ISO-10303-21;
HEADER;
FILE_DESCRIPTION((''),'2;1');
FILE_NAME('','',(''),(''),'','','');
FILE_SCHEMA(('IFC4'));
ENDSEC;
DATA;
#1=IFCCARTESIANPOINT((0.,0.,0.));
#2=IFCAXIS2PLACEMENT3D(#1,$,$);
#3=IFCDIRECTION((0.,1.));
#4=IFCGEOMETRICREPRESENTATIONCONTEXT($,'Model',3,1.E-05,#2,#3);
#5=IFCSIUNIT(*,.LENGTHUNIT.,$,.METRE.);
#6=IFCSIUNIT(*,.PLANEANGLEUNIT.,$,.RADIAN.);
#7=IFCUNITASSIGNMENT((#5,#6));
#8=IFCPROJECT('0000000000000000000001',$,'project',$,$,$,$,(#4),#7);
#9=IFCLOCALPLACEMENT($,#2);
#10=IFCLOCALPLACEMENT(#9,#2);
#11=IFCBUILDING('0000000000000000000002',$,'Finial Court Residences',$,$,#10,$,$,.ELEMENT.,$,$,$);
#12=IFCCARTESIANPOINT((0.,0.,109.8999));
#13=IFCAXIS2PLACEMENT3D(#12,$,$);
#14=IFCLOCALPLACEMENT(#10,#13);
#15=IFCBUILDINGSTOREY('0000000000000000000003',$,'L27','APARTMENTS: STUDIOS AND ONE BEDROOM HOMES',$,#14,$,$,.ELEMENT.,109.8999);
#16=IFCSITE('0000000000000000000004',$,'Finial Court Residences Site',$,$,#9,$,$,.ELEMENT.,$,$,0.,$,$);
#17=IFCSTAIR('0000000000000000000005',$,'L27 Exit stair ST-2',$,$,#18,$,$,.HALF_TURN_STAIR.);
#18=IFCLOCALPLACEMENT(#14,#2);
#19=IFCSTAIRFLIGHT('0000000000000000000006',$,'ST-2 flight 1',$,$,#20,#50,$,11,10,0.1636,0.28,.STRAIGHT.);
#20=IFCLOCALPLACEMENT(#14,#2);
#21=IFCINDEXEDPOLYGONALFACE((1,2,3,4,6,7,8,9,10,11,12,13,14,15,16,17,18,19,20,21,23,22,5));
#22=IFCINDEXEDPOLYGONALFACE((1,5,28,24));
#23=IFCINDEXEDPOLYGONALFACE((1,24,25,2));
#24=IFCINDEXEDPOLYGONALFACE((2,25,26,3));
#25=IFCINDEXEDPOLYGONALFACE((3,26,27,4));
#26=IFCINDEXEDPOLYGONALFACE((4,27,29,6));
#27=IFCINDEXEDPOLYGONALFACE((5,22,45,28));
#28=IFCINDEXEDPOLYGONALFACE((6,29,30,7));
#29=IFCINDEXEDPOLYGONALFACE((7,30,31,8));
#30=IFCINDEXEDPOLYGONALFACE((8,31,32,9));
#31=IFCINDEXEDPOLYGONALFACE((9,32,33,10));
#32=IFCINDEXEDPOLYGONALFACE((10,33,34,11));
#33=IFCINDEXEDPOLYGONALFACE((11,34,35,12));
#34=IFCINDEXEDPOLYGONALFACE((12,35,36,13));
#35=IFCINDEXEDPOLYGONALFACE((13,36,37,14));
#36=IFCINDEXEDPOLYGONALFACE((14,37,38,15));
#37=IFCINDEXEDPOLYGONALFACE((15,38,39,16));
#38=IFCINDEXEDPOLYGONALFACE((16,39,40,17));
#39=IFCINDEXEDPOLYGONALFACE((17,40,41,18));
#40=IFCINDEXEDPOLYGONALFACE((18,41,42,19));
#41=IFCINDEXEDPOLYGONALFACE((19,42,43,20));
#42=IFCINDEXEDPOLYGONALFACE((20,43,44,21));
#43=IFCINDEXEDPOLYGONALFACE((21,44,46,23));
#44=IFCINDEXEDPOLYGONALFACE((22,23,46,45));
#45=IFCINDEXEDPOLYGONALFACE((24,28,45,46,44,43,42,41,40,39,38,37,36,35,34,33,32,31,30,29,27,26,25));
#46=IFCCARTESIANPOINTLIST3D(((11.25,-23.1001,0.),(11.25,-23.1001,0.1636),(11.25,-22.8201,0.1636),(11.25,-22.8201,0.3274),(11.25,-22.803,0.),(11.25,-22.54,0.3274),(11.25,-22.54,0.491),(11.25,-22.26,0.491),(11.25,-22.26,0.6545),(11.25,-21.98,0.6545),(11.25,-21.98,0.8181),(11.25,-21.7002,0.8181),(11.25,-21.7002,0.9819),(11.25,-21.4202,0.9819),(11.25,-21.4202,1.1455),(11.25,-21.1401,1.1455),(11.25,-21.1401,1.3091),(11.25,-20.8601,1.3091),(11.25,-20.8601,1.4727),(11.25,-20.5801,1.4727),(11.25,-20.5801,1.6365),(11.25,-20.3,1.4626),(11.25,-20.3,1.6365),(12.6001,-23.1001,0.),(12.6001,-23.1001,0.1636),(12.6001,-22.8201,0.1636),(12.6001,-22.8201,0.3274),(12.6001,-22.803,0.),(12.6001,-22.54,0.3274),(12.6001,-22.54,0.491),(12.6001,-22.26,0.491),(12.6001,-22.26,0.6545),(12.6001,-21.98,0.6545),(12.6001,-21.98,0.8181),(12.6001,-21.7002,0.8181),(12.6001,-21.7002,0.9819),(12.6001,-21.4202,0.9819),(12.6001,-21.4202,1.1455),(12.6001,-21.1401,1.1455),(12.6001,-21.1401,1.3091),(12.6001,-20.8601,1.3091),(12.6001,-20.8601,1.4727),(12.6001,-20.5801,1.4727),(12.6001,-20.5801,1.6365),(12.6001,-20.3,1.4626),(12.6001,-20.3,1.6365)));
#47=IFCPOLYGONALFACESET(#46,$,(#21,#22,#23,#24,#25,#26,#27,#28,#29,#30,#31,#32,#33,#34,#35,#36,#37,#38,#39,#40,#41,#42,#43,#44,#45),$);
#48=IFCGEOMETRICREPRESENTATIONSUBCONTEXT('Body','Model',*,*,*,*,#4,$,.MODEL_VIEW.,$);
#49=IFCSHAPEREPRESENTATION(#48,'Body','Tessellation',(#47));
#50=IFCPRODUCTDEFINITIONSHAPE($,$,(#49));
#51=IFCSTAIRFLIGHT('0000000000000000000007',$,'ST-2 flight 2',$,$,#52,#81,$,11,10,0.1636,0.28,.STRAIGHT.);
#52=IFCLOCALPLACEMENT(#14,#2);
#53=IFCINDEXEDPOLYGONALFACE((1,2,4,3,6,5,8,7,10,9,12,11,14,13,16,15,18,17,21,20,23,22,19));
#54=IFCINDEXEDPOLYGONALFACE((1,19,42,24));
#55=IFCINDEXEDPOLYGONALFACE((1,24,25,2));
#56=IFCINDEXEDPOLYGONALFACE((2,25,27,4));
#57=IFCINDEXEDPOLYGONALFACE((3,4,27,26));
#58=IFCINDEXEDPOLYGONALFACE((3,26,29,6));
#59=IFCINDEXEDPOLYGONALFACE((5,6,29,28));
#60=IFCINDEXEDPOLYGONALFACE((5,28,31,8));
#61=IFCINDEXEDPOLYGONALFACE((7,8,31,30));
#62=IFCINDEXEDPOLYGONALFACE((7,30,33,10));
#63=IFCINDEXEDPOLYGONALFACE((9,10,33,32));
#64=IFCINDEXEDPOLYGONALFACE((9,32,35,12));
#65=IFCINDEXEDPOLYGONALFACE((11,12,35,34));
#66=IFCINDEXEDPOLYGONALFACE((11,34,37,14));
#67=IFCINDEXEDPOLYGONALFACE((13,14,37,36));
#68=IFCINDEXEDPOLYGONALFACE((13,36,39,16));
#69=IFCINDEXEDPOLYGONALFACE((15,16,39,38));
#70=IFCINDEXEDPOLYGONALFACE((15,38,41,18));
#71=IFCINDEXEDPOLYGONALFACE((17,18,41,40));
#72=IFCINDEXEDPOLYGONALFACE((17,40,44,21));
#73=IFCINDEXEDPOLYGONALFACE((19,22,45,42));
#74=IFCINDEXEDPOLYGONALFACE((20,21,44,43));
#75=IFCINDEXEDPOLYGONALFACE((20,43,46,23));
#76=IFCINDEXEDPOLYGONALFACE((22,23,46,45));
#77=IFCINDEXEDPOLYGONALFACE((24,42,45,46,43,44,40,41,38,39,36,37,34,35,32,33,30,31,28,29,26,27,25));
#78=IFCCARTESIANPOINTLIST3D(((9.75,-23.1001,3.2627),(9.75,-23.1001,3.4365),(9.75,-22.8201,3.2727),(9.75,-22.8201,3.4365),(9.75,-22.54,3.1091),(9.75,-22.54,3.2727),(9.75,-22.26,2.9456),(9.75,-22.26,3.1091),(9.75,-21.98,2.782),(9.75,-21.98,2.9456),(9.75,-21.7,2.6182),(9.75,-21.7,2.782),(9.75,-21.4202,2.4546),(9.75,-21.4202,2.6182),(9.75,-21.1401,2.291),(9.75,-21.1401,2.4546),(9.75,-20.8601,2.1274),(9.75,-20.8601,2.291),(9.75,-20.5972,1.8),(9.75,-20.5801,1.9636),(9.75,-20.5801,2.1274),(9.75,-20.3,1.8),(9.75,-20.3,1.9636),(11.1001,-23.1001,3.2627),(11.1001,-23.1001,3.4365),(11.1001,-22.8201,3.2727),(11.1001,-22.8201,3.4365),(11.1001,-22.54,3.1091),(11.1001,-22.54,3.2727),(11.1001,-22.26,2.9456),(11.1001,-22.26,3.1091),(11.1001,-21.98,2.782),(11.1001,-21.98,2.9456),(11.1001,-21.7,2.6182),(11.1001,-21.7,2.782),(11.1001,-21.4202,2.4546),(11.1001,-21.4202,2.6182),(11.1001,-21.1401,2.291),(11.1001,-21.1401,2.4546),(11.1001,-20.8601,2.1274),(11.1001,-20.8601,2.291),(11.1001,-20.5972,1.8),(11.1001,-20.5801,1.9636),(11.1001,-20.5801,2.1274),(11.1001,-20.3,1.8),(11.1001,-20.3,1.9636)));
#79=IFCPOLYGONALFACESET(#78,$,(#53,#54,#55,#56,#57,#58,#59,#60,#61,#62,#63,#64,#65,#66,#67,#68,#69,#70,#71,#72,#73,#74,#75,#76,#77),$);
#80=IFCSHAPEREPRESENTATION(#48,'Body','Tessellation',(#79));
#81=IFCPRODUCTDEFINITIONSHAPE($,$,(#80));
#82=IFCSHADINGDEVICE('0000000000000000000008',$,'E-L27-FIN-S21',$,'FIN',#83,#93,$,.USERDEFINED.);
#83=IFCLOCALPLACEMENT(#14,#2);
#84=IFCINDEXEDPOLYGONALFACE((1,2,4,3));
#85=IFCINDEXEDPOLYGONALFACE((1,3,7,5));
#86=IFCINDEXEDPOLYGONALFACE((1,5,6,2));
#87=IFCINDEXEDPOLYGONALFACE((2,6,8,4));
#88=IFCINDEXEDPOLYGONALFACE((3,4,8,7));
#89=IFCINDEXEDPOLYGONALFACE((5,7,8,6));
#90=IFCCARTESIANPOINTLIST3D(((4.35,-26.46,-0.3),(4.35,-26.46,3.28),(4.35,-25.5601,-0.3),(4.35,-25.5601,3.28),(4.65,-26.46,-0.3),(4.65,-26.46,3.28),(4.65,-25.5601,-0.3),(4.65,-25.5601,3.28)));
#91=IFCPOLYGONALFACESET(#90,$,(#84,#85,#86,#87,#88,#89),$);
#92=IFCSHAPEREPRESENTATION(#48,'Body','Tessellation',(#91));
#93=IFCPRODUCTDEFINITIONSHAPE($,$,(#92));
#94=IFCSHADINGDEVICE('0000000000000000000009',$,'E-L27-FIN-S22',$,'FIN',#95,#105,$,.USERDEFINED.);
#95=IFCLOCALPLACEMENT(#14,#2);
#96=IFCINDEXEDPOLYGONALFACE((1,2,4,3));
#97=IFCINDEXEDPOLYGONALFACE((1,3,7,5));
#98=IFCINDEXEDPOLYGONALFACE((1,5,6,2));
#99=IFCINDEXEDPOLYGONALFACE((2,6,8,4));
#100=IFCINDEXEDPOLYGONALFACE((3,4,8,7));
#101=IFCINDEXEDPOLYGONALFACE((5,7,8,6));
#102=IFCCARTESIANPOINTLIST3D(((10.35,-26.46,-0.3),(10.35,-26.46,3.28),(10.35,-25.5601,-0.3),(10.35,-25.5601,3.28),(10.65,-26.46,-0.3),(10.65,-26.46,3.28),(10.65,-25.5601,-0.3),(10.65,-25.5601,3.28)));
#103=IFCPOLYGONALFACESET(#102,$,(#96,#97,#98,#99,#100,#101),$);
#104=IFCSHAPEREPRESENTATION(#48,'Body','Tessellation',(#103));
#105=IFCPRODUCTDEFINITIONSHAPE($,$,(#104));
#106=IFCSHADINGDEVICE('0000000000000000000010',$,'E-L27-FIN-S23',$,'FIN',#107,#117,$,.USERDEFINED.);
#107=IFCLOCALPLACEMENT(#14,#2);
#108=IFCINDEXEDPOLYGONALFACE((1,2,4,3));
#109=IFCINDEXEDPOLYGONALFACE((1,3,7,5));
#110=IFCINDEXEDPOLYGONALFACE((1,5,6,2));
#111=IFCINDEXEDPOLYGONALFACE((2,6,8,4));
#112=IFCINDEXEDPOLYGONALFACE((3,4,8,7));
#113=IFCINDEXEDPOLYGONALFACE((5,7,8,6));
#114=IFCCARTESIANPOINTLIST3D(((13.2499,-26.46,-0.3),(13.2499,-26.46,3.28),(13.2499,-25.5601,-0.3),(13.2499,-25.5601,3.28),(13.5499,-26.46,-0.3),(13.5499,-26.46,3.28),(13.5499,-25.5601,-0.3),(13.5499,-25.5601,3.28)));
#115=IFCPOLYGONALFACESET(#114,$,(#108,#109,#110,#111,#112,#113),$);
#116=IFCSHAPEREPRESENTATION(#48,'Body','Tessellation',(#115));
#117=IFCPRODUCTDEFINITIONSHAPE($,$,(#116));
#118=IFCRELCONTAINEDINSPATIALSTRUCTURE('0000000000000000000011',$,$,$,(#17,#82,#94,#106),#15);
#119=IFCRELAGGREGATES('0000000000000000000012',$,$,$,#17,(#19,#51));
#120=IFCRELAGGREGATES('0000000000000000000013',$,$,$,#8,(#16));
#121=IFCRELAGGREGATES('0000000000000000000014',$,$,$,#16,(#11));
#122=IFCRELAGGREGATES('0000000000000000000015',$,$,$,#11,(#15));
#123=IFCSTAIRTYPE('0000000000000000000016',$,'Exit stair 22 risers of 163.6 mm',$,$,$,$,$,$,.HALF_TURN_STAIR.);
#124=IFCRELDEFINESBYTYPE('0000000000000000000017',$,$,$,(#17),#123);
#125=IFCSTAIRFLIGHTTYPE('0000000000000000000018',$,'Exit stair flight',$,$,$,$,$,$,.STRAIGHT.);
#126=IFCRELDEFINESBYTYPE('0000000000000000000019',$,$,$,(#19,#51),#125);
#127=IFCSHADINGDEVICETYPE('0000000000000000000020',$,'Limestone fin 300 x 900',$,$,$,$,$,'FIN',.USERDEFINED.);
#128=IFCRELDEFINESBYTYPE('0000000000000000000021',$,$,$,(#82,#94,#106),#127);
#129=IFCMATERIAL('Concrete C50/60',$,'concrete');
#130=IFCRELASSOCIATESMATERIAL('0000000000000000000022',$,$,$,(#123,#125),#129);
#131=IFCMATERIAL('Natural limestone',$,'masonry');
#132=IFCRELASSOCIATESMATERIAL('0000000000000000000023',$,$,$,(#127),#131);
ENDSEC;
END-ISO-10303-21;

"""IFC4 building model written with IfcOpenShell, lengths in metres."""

from ifc_helpers import new_model, si_unit, direction, frame, origin, origin_2d, place, context, subcontext, project, spatial, polyline, rectangle, outline, extrude, material, type_object, element, aggregate, save


model = new_model("IFC4")

# Units and contexts
model_context = context("Model", 3, precision=1e-05, world=origin(), true_north=direction((0.0, 1.0)))
body_context = subcontext(model_context, "Body", "Model", "MODEL_VIEW")
ifc_project = project(units=[si_unit("LENGTHUNIT", "METRE"), si_unit("PLANEANGLEUNIT", "RADIAN")], contexts=[model_context])

# Site, building, storey
site_placement = place(None, origin())
site = spatial("IfcSite", under=ifc_project, at=site_placement, Name="Finial Court Residences Site", CompositionType="ELEMENT", RefElevation=0.0)
building_placement = place(site_placement, origin())
building = spatial("IfcBuilding", under=site, at=building_placement, Name="Finial Court Residences", CompositionType="ELEMENT")
storey_placement = place(building_placement, frame((0.0, 0.0, 109.8999)))
storey = spatial("IfcBuildingStorey", under=building, at=storey_placement, Name="L27", Description="APARTMENTS: STUDIOS AND ONE BEDROOM HOMES", CompositionType="ELEMENT", Elevation=109.8999)

# Stair, stair flights
ifc_material_1 = material(Name="Concrete C50/60", Category="concrete")
stair_type = type_object("IfcStairType", Name="Exit stair 22 risers of 163.6 mm", PredefinedType="HALF_TURN_STAIR", material=ifc_material_1)
stair_placement = place(storey_placement, origin())
stair = element("IfcStair", 1, at=stair_placement, inside=storey, type_object=stair_type, Name="L27 Exit stair ST-2", PredefinedType="HALF_TURN_STAIR")
stair_flight_type = type_object("IfcStairFlightType", Name="Exit stair flight", PredefinedType="STRAIGHT", material=ifc_material_1)
stair_flight_1_placement = place(storey_placement, frame((11.925, -23.1001, 0.0), z_axis=(0.0, 0.0, 1.0), x_axis=(0.0, 1.0, 0.0)))
stair_flight_1 = element("IfcStairFlight", 2, at=stair_flight_1_placement, type_object=stair_flight_type, Name="ST-2 flight 1", NumberOfRisers=11, NumberOfTreads=10, PredefinedType="STRAIGHT", RiserHeight=0.1636, TreadLength=0.28, context=body_context, shape_type="SweptSolid", body=[
    extrude(outline(polyline([(0.0, 0.0), (0.0, 0.1636), (0.28, 0.1636), (0.28, 0.3274), (0.5601, 0.3274), (0.5601, 0.491), (0.8401, 0.491), (0.8401, 0.6545), (1.1201, 0.6545), (1.1201, 0.8181), (1.3999, 0.8181), (1.3999, 0.9819), (1.6799, 0.9819), (1.6799, 1.1455), (1.96, 1.1455), (1.96, 1.3091), (2.24, 1.3091), (2.24, 1.4727), (2.52, 1.4727), (2.52, 1.6365), (2.8, 1.6365), (2.8, 1.8), (2.8, 1.4626), (0.2971, 0.0), (0.0, 0.0)])), frame((0.0, 0.675, 0.0), z_axis=(0.0, -1.0, 0.0), x_axis=(1.0, 0.0, 0.0)), (0.0, 0.0, 1.0), 1.3501),
])
stair_flight_2_placement = place(storey_placement, frame((10.425, -20.3, 1.8), z_axis=(0.0, 0.0, 1.0), x_axis=(0.0, -1.0, 0.0)))
stair_flight_2 = element("IfcStairFlight", 3, at=stair_flight_2_placement, type_object=stair_flight_type, Name="ST-2 flight 2", NumberOfRisers=11, NumberOfTreads=10, PredefinedType="STRAIGHT", RiserHeight=0.1636, TreadLength=0.28, context=body_context, shape_type="SweptSolid", body=[
    extrude(outline(polyline([(0.0, 0.0), (0.0, 0.1636), (0.28, 0.1636), (0.28, 0.3274), (0.5601, 0.3274), (0.5601, 0.491), (0.8401, 0.491), (0.8401, 0.6545), (1.1201, 0.6545), (1.1201, 0.8181), (1.3999, 0.8181), (1.3999, 0.9819), (1.6799, 0.9819), (1.6799, 1.1455), (1.96, 1.1455), (1.96, 1.3091), (2.24, 1.3091), (2.24, 1.4727), (2.52, 1.4727), (2.52, 1.6365), (2.8, 1.6365), (2.8, 1.8), (2.8, 1.4626), (0.2971, 0.0), (0.0, 0.0)])), frame((0.0, 0.675, 0.0), z_axis=(0.0, -1.0, 0.0), x_axis=(1.0, 0.0, 0.0)), (0.0, 0.0, 1.0), 1.3501),
])
aggregate(stair, [stair_flight_1, stair_flight_2])

# Shading devices
ifc_material_2 = material(Name="Natural limestone", Category="masonry")
shading_device_type = type_object("IfcShadingDeviceType", Name="Limestone fin 300 x 900", ElementType="FIN", PredefinedType="USERDEFINED", material=ifc_material_2)
for number, where, z_axis, x_axis, name in (
    (4, (4.5, -26.01, -0.3), (0.0, 0.0, 1.0), (1.0, 0.0, 0.0), "E-L27-FIN-S21"),
    (5, (10.5, -26.01, -0.3), (0.0, 0.0, 1.0), (1.0, 0.0, 0.0), "E-L27-FIN-S22"),
    (6, (13.3999, -26.01, -0.3), (0.0, 0.0, 1.0), (1.0, 0.0, 0.0), "E-L27-FIN-S23"),
):
    element("IfcShadingDevice", number, at=place(storey_placement, frame(where, z_axis=z_axis, x_axis=x_axis)), inside=storey, type_object=shading_device_type, Name=name, ObjectType="FIN", PredefinedType="USERDEFINED", context=body_context, shape_type="SweptSolid", body=[
        extrude(rectangle(XDim=0.3, YDim=0.8999, at=origin_2d()), origin(), (0.0, 0.0, 1.0), 3.5801),
    ])

save(model, "model.ifc")
